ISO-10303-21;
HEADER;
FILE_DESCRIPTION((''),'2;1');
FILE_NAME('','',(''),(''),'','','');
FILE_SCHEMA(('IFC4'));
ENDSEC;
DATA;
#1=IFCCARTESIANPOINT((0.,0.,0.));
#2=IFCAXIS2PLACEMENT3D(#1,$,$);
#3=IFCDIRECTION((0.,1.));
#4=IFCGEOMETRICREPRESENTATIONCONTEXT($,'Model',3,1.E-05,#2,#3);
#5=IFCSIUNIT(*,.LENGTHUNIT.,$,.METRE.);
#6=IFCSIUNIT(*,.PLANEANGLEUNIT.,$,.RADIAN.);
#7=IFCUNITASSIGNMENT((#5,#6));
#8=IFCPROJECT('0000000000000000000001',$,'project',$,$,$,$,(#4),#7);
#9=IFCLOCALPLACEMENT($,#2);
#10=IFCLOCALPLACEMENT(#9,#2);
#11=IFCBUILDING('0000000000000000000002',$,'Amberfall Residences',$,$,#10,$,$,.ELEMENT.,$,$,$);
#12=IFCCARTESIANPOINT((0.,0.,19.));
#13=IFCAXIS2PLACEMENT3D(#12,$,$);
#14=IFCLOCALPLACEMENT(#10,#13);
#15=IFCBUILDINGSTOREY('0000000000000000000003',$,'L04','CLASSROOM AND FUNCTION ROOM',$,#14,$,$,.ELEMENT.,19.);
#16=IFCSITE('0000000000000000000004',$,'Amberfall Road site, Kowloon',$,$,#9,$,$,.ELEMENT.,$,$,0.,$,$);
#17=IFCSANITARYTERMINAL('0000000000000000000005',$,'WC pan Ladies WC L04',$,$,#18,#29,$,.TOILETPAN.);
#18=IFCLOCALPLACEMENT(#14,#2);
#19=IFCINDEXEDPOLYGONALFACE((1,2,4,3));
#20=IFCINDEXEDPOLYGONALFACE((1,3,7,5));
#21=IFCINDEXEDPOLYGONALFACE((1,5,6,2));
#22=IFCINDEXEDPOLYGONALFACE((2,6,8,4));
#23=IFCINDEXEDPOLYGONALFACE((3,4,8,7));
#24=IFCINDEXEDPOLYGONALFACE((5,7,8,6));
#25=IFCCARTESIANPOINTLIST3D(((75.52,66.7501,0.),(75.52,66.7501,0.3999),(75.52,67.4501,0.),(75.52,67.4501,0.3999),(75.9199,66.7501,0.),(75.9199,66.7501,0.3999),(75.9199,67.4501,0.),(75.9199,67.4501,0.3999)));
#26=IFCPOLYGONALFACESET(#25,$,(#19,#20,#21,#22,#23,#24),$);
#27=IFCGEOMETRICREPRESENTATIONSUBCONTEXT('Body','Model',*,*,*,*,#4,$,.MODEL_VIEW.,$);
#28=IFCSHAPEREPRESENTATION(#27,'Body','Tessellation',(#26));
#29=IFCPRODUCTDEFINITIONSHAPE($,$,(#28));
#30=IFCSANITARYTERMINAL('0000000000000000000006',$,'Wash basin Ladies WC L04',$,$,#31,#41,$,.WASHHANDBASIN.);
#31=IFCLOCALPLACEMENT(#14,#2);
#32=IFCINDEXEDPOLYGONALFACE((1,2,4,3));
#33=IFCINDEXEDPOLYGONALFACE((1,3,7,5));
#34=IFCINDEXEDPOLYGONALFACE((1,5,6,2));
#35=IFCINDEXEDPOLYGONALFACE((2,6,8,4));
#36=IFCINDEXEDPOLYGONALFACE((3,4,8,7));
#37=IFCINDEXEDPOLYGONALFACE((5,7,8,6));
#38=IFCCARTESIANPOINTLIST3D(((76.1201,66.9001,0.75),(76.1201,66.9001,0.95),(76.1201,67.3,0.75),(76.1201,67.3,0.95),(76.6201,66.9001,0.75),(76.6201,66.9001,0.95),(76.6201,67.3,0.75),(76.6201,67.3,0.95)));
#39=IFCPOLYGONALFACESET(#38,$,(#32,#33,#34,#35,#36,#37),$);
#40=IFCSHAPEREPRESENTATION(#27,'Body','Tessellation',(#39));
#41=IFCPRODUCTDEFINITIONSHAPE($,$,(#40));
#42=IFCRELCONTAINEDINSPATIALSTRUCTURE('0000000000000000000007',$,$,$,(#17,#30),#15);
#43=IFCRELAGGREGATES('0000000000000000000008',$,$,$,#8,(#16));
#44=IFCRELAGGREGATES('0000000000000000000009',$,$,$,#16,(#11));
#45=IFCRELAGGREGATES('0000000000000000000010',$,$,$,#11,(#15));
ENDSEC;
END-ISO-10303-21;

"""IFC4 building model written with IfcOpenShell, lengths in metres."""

from ifc_helpers import new_model, si_unit, direction, frame, origin, origin_2d, place, context, subcontext, project, spatial, rectangle, extrude, element, save


model = new_model("IFC4")

# Units and contexts
model_context = context("Model", 3, precision=1e-05, world=origin(), true_north=direction((0.0, 1.0)))
body_context = subcontext(model_context, "Body", "Model", "MODEL_VIEW")
ifc_project = project(units=[si_unit("LENGTHUNIT", "METRE"), si_unit("PLANEANGLEUNIT", "RADIAN")], contexts=[model_context])

# Site, building, storey
site_placement = place(None, origin())
site = spatial("IfcSite", under=ifc_project, at=site_placement, Name="Amberfall Road site, Kowloon", CompositionType="ELEMENT", RefElevation=0.0)
building_placement = place(site_placement, origin())
building = spatial("IfcBuilding", under=site, at=building_placement, Name="Amberfall Residences", CompositionType="ELEMENT")
storey_placement = place(building_placement, frame((0.0, 0.0, 19.0)))
storey = spatial("IfcBuildingStorey", under=building, at=storey_placement, Name="L04", Description="CLASSROOM AND FUNCTION ROOM", CompositionType="ELEMENT", Elevation=19.0)

# Sanitary terminals
sanitary_terminal_1_placement = place(storey_placement, frame((75.72, 67.1001, 0.0), z_axis=(0.0, 0.0, 1.0), x_axis=(1.0, 0.0, 0.0)))
element("IfcSanitaryTerminal", 1, at=sanitary_terminal_1_placement, inside=storey, Name="WC pan Ladies WC L04", PredefinedType="TOILETPAN", context=body_context, shape_type="SweptSolid", body=[
    extrude(rectangle(XDim=0.3999, YDim=0.7, at=origin_2d()), origin(), (0.0, 0.0, 1.0), 0.3999),
])
sanitary_terminal_2_placement = place(storey_placement, frame((76.3701, 67.1001, 0.75), z_axis=(0.0, 0.0, 1.0), x_axis=(1.0, 0.0, 0.0)))
element("IfcSanitaryTerminal", 2, at=sanitary_terminal_2_placement, inside=storey, Name="Wash basin Ladies WC L04", PredefinedType="WASHHANDBASIN", context=body_context, shape_type="SweptSolid", body=[
    extrude(rectangle(XDim=0.5, YDim=0.3999, at=origin_2d()), origin(), (0.0, 0.0, 1.0), 0.2),
])

save(model, "model.ifc")
